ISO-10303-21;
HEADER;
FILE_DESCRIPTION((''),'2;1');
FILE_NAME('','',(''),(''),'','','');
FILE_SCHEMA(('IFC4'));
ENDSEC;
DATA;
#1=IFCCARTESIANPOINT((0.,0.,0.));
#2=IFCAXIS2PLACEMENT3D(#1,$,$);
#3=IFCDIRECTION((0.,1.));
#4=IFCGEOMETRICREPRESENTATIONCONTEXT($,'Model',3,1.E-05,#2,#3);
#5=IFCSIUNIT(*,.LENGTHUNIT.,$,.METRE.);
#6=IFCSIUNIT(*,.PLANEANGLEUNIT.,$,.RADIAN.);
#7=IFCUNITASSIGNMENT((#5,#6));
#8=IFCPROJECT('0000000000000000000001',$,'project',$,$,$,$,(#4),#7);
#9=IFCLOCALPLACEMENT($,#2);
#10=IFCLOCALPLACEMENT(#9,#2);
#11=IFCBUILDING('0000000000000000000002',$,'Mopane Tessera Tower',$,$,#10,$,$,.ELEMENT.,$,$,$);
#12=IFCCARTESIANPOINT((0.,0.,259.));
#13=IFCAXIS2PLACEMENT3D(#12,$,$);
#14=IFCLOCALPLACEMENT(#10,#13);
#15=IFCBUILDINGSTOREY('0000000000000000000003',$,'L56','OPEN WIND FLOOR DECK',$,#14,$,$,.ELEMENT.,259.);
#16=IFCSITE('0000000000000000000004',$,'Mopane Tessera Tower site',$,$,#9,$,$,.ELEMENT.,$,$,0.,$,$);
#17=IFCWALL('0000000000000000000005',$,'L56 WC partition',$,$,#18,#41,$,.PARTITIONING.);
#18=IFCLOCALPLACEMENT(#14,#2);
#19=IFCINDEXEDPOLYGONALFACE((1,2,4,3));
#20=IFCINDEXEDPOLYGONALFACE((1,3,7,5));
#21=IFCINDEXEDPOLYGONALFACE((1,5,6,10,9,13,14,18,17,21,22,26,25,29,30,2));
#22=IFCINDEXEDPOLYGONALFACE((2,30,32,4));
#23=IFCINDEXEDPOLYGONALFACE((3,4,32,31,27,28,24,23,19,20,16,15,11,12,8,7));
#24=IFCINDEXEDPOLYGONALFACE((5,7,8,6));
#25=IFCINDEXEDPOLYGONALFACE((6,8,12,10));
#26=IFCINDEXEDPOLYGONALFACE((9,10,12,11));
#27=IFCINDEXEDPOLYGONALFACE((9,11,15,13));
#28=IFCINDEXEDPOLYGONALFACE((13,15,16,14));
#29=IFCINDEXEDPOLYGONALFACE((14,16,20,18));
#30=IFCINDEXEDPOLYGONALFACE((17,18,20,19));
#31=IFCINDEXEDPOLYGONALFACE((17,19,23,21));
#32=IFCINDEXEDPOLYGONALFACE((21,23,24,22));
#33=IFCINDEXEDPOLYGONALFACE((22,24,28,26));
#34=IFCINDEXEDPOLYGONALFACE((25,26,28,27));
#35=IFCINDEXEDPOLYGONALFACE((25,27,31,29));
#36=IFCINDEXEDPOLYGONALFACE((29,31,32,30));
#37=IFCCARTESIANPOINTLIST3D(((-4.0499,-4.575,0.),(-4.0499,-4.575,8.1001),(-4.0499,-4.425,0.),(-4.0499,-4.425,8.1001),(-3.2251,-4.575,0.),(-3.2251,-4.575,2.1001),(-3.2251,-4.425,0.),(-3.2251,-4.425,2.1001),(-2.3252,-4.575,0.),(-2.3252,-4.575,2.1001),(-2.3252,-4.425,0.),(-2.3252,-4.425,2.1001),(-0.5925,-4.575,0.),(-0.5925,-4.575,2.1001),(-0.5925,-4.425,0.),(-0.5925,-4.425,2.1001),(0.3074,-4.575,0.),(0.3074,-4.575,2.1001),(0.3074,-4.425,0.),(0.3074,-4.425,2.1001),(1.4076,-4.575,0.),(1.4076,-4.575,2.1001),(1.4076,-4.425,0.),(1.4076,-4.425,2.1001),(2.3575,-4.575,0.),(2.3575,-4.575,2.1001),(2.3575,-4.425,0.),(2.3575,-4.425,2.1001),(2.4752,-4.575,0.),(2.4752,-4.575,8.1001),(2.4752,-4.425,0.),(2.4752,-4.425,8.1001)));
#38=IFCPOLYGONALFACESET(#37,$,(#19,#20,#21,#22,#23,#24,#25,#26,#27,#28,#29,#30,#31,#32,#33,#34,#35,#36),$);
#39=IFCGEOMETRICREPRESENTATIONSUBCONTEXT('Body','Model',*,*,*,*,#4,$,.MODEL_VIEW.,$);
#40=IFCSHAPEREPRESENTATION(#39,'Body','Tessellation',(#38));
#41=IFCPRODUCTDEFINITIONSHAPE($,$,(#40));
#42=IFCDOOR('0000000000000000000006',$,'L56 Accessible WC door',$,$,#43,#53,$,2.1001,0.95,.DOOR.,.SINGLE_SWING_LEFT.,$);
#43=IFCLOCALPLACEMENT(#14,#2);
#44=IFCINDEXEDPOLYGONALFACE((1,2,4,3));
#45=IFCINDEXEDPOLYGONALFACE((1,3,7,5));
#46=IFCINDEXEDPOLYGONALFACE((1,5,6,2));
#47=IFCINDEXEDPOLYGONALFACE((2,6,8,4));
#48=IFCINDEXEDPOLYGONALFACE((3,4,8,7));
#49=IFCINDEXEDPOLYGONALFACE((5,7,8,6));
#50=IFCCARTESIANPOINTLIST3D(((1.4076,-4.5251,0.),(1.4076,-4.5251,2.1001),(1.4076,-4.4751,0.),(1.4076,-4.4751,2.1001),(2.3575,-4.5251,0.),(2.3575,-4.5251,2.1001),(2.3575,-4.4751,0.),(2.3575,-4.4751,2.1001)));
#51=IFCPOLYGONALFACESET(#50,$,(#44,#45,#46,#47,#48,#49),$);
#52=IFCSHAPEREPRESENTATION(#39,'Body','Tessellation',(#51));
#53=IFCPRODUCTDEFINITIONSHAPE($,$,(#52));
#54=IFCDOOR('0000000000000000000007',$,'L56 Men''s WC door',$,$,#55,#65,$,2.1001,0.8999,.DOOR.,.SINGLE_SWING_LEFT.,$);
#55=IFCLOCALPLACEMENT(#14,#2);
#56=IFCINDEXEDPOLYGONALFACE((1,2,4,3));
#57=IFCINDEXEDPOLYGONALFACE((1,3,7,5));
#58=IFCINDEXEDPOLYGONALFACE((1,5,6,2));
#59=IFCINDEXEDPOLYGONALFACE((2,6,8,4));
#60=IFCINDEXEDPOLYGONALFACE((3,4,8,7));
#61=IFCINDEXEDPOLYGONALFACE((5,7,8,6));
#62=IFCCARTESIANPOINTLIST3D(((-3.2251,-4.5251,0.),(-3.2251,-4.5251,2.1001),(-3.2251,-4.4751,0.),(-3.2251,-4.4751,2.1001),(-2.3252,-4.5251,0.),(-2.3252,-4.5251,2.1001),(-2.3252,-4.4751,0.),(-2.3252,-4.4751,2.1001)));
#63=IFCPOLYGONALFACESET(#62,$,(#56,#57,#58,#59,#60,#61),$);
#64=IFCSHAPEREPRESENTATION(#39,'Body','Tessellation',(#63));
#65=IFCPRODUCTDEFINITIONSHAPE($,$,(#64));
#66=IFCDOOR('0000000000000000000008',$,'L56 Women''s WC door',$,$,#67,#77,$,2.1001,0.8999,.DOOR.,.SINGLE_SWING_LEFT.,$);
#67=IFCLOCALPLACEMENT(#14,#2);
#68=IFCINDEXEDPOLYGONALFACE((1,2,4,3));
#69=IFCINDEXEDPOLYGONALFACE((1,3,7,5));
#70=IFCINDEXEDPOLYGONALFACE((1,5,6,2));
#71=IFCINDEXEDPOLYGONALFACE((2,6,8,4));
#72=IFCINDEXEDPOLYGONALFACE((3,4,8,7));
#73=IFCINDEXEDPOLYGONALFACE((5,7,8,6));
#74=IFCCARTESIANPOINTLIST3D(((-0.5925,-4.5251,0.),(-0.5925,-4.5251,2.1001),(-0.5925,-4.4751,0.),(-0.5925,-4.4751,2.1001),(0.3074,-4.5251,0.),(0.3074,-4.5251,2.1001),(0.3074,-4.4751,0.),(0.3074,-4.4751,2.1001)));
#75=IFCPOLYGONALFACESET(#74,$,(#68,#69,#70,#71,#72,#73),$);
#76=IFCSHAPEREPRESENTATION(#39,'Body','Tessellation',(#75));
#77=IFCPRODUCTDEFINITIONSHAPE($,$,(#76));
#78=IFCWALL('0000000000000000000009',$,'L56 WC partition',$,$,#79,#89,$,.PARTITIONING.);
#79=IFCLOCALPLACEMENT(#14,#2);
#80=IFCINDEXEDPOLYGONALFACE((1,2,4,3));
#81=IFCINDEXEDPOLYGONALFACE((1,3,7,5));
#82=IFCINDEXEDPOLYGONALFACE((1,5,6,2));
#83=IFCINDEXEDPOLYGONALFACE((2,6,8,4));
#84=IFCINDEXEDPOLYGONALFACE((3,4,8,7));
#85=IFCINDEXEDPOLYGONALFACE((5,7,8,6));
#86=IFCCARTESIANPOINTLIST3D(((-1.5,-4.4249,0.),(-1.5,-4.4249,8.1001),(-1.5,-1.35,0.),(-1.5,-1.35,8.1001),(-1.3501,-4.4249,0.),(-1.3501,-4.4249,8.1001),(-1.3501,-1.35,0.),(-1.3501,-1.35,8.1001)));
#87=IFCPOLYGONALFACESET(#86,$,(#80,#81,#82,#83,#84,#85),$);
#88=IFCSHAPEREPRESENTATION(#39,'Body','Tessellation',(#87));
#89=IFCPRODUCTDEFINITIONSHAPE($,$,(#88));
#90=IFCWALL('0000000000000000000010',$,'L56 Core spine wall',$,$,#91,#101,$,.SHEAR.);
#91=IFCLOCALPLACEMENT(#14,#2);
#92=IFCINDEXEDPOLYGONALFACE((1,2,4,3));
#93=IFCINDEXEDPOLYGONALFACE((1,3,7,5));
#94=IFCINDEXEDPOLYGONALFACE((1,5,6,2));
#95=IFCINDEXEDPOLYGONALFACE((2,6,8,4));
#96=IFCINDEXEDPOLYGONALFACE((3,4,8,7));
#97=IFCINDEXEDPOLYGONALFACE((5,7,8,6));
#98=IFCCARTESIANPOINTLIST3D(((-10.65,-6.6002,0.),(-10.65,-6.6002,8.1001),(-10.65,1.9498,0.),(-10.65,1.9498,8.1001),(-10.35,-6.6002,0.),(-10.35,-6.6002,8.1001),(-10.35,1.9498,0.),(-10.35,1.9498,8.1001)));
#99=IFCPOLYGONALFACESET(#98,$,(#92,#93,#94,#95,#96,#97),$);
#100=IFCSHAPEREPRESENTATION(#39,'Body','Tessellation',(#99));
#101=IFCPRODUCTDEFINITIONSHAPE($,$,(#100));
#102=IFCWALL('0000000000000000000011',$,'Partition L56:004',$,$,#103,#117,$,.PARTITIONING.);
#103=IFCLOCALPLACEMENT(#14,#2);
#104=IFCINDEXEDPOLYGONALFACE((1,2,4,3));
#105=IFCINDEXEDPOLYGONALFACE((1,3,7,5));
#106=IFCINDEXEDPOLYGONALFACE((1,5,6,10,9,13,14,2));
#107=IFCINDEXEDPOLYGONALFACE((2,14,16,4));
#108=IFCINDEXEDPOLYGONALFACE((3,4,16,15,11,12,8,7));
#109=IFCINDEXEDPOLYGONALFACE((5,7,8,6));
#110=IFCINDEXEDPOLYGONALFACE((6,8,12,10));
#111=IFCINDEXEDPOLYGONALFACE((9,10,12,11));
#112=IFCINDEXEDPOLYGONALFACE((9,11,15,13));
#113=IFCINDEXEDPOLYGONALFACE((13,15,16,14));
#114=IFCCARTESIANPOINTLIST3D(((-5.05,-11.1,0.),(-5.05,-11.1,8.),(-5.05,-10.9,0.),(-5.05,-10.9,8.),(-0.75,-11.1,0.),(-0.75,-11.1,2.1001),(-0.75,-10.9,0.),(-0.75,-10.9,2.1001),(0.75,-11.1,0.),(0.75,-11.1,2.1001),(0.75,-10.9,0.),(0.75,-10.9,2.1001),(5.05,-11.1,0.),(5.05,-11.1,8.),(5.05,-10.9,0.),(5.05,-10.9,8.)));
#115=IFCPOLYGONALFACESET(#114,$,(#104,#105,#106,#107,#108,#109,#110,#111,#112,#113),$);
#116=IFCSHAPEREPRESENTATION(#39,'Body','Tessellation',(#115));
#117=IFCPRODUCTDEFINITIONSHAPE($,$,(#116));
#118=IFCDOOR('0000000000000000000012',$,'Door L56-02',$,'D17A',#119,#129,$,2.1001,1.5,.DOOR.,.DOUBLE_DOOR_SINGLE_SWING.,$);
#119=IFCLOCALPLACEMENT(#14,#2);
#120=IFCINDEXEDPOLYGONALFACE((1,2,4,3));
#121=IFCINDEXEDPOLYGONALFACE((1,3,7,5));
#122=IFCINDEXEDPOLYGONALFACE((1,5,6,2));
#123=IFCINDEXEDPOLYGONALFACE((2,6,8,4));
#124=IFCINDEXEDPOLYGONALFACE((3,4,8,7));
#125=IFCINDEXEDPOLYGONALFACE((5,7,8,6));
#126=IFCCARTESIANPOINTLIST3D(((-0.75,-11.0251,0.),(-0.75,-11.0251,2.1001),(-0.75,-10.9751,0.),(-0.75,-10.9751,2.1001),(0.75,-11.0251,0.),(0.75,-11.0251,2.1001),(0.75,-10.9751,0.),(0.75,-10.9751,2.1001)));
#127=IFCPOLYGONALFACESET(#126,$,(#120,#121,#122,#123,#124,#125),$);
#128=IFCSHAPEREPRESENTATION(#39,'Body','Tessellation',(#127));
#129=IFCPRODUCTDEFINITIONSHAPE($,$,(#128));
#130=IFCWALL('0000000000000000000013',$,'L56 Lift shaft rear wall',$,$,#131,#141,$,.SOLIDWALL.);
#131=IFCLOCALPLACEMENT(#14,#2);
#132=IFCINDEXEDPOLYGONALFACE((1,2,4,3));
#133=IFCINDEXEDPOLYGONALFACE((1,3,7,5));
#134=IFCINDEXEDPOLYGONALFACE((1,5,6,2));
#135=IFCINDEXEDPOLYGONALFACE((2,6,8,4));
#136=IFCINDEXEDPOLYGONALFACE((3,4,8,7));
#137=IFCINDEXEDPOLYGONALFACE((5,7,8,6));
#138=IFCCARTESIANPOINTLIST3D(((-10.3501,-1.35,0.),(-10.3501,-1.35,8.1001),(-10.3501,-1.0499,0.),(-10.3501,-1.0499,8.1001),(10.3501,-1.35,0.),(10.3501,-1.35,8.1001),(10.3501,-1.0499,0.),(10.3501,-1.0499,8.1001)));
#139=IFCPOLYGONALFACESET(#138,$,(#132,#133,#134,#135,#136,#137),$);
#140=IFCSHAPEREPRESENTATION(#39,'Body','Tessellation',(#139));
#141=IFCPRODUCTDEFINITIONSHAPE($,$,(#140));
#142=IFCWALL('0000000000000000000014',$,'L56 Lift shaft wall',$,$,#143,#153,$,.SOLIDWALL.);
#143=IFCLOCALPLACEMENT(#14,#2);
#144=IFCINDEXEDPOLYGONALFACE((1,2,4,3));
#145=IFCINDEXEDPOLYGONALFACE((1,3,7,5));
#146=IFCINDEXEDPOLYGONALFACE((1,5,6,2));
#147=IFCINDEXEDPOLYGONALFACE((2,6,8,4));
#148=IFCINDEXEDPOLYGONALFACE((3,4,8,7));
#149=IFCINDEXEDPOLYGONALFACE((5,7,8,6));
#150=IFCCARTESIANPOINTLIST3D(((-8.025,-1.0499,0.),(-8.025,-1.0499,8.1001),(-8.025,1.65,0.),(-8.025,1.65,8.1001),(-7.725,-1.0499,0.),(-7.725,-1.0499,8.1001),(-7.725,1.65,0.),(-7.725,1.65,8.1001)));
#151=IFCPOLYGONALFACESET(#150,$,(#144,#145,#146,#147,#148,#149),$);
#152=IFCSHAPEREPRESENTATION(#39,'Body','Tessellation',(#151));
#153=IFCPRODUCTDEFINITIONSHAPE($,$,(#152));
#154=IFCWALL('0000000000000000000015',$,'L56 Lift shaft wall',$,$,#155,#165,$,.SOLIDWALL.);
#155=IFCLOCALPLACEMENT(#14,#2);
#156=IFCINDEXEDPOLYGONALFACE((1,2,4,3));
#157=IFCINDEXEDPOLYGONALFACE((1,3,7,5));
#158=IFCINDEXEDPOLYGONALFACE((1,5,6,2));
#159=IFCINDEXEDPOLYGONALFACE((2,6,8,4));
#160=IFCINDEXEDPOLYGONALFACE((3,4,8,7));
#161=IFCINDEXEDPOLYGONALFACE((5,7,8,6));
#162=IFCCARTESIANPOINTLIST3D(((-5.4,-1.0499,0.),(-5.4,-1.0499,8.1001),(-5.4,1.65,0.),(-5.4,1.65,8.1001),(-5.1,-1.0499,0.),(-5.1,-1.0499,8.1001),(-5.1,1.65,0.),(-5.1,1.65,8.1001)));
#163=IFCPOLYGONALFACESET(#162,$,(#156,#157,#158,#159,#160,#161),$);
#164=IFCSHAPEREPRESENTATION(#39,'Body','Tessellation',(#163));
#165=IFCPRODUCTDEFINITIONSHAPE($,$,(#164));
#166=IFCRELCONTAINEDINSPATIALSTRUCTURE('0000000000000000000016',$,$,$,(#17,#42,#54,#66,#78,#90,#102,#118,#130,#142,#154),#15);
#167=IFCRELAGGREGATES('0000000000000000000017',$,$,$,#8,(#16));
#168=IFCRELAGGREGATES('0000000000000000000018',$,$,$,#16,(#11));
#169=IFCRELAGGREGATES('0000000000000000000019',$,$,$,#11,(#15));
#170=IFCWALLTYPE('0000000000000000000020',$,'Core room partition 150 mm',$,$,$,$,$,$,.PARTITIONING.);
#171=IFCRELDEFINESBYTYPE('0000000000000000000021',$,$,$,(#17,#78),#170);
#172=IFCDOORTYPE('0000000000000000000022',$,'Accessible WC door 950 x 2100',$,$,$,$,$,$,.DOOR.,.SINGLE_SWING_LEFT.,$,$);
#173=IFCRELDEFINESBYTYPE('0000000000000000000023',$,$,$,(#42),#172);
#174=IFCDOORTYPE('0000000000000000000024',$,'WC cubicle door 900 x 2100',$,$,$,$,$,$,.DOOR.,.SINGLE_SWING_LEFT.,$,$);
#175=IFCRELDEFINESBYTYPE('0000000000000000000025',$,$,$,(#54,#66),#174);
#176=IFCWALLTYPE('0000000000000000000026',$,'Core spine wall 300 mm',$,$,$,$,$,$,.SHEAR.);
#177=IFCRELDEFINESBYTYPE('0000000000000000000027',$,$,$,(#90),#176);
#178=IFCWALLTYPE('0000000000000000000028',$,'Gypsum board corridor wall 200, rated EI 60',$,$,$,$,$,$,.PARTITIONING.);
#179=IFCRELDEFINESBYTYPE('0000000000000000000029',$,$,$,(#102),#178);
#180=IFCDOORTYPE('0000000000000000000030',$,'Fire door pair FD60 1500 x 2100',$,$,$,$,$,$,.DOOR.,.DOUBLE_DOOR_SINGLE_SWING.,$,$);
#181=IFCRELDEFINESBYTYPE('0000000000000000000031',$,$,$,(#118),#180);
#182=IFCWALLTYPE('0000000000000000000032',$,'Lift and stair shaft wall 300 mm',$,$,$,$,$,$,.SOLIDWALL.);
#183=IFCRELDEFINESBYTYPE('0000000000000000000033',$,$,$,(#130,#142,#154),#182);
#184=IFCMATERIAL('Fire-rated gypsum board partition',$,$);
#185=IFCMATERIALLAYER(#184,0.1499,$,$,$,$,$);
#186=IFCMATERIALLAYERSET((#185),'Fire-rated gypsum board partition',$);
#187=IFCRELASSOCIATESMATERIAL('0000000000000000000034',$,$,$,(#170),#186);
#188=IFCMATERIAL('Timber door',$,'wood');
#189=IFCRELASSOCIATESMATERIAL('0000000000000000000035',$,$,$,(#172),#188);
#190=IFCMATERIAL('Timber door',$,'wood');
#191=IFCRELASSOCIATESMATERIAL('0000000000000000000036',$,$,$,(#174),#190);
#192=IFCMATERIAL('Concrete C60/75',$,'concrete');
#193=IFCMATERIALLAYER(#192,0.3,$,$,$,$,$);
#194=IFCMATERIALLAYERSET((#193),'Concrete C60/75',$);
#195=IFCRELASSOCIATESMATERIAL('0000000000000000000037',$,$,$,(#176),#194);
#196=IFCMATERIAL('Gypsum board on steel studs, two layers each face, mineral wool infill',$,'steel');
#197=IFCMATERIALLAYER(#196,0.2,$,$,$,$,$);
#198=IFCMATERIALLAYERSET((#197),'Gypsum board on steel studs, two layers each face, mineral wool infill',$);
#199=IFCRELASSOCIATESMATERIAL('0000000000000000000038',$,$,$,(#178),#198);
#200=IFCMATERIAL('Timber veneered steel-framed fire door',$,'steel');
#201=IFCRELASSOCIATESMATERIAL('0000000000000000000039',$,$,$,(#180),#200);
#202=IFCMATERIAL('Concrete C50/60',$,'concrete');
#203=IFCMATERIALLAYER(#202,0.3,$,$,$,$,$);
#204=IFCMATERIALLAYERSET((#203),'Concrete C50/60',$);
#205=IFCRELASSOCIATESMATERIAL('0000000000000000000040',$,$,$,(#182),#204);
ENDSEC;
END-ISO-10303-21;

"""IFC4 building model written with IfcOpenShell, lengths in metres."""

from ifc_helpers import new_model, si_unit, direction, frame, frame_2d, origin, place, context, subcontext, project, spatial, rectangle, extrude, material, layer, layer_set, type_object, element, fill, save


model = new_model("IFC4")

# Units and contexts
model_context = context("Model", 3, precision=1e-05, world=origin(), true_north=direction((0.0, 1.0)))
body_context = subcontext(model_context, "Body", "Model", "MODEL_VIEW")
ifc_project = project(units=[si_unit("LENGTHUNIT", "METRE"), si_unit("PLANEANGLEUNIT", "RADIAN")], contexts=[model_context])

# Site, building, storey
site_placement = place(None, origin())
site = spatial("IfcSite", under=ifc_project, at=site_placement, Name="Mopane Tessera Tower site", CompositionType="ELEMENT", RefElevation=0.0)
building_placement = place(site_placement, origin())
building = spatial("IfcBuilding", under=site, at=building_placement, Name="Mopane Tessera Tower", CompositionType="ELEMENT")
storey_placement = place(building_placement, frame((0.0, 0.0, 259.0)))
storey = spatial("IfcBuildingStorey", under=building, at=storey_placement, Name="L56", Description="OPEN WIND FLOOR DECK", CompositionType="ELEMENT", Elevation=259.0)

# Shared definitions
ifc_material_1 = material(Name="Fire-rated gypsum board partition")
ifc_layer_1 = layer(ifc_material_1, 0.1499)
ifc_layer_set_1 = layer_set([ifc_layer_1], Name="Fire-rated gypsum board partition")
wall_type_1 = type_object("IfcWallType", Name="Core room partition 150 mm", PredefinedType="PARTITIONING", material=ifc_layer_set_1)

# Wall, openings, doors
wall_1_placement = place(storey_placement, frame((-4.05, -4.5, 0.0), z_axis=(0.0, 0.0, 1.0), x_axis=(1.0, 0.0, 0.0)))
wall_1 = element("IfcWall", 1, at=wall_1_placement, inside=storey, type_object=wall_type_1, Name="L56 WC partition", PredefinedType="PARTITIONING", context=body_context, shape_type="SweptSolid", body=[
    extrude(rectangle(XDim=6.5251, YDim=0.1499, at=frame_2d((3.2627, 0.0))), origin(), (0.0, 0.0, 1.0), 8.1001),
])
opening_1_placement = place(wall_1_placement, frame((0.825, 0.0, 0.0)))
opening_1 = element("IfcOpeningElement", 2, at=opening_1_placement, cuts=wall_1, PredefinedType="OPENING", context=body_context, shape_type="SweptSolid", body=[
    extrude(rectangle(XDim=0.8999, YDim=2.1001, at=frame_2d((0.45, 1.05))), frame((0.0, 0.0869, 0.0), z_axis=(0.0, -1.0, 0.0), x_axis=(1.0, 0.0, 0.0)), (0.0, 0.0, 1.0), 0.1738),
])
opening_2_placement = place(wall_1_placement, frame((3.4575, 0.0, 0.0)))
opening_2 = element("IfcOpeningElement", 3, at=opening_2_placement, cuts=wall_1, PredefinedType="OPENING", context=body_context, shape_type="SweptSolid", body=[
    extrude(rectangle(XDim=0.8999, YDim=2.1001, at=frame_2d((0.45, 1.05))), frame((0.0, 0.0869, 0.0), z_axis=(0.0, -1.0, 0.0), x_axis=(1.0, 0.0, 0.0)), (0.0, 0.0, 1.0), 0.1738),
])
opening_3_placement = place(wall_1_placement, frame((5.4575, 0.0, 0.0)))
opening_3 = element("IfcOpeningElement", 4, at=opening_3_placement, cuts=wall_1, PredefinedType="OPENING", context=body_context, shape_type="SweptSolid", body=[
    extrude(rectangle(XDim=0.95, YDim=2.1001, at=frame_2d((0.4751, 1.05))), frame((0.0, 0.0869, 0.0), z_axis=(0.0, -1.0, 0.0), x_axis=(1.0, 0.0, 0.0)), (0.0, 0.0, 1.0), 0.1738),
])
ifc_material_2 = material(Name="Timber door", Category="wood")
door_type_1 = type_object("IfcDoorType", Name="Accessible WC door 950 x 2100", OperationType="SINGLE_SWING_LEFT", PredefinedType="DOOR", material=ifc_material_2)
door_1_placement = place(opening_3_placement, origin())
door_1 = element("IfcDoor", 5, at=door_1_placement, inside=storey, type_object=door_type_1, Name="L56 Accessible WC door", OperationType="SINGLE_SWING_LEFT", OverallHeight=2.1001, OverallWidth=0.95, PredefinedType="DOOR", context=body_context, shape_type="SweptSolid", body=[
    extrude(rectangle(XDim=0.95, YDim=2.1001, at=frame_2d((0.4751, 1.05))), frame((0.0, 0.0249, 0.0), z_axis=(0.0, -1.0, 0.0), x_axis=(1.0, 0.0, 0.0)), (0.0, 0.0, 1.0), 0.05),
])
fill(opening_3, door_1)
ifc_material_3 = material(Name="Timber door", Category="wood")
door_type_2 = type_object("IfcDoorType", Name="WC cubicle door 900 x 2100", OperationType="SINGLE_SWING_LEFT", PredefinedType="DOOR", material=ifc_material_3)
door_2_placement = place(opening_1_placement, origin())
door_2 = element("IfcDoor", 6, at=door_2_placement, inside=storey, type_object=door_type_2, Name="L56 Men's WC door", OperationType="SINGLE_SWING_LEFT", OverallHeight=2.1001, OverallWidth=0.8999, PredefinedType="DOOR", context=body_context, shape_type="SweptSolid", body=[
    extrude(rectangle(XDim=0.8999, YDim=2.1001, at=frame_2d((0.45, 1.05))), frame((0.0, 0.0249, 0.0), z_axis=(0.0, -1.0, 0.0), x_axis=(1.0, 0.0, 0.0)), (0.0, 0.0, 1.0), 0.05),
])
fill(opening_1, door_2)
door_3_placement = place(opening_2_placement, origin())
door_3 = element("IfcDoor", 7, at=door_3_placement, inside=storey, type_object=door_type_2, Name="L56 Women's WC door", OperationType="SINGLE_SWING_LEFT", OverallHeight=2.1001, OverallWidth=0.8999, PredefinedType="DOOR", context=body_context, shape_type="SweptSolid", body=[
    extrude(rectangle(XDim=0.8999, YDim=2.1001, at=frame_2d((0.45, 1.05))), frame((0.0, 0.0249, 0.0), z_axis=(0.0, -1.0, 0.0), x_axis=(1.0, 0.0, 0.0)), (0.0, 0.0, 1.0), 0.05),
])
fill(opening_2, door_3)

# Walls
wall_2_placement = place(storey_placement, frame((-1.425, -4.425, 0.0), z_axis=(0.0, 0.0, 1.0), x_axis=(0.0, 1.0, 0.0)))
element("IfcWall", 8, at=wall_2_placement, inside=storey, type_object=wall_type_1, Name="L56 WC partition", PredefinedType="PARTITIONING", context=body_context, shape_type="SweptSolid", body=[
    extrude(rectangle(XDim=3.075, YDim=0.1499, at=frame_2d((1.5376, 0.0))), origin(), (0.0, 0.0, 1.0), 8.1001),
])
ifc_material_4 = material(Name="Concrete C60/75", Category="concrete")
ifc_layer_2 = layer(ifc_material_4, 0.3)
ifc_layer_set_2 = layer_set([ifc_layer_2], Name="Concrete C60/75")
wall_type_2 = type_object("IfcWallType", Name="Core spine wall 300 mm", PredefinedType="SHEAR", material=ifc_layer_set_2)
wall_3_placement = place(storey_placement, frame((-10.5, -6.6001, 0.0), z_axis=(0.0, 0.0, 1.0), x_axis=(0.0, 1.0, 0.0)))
element("IfcWall", 9, at=wall_3_placement, inside=storey, type_object=wall_type_2, Name="L56 Core spine wall", PredefinedType="SHEAR", context=body_context, shape_type="SweptSolid", body=[
    extrude(rectangle(XDim=8.55, YDim=0.3, at=frame_2d((4.2749, 0.0))), origin(), (0.0, 0.0, 1.0), 8.1001),
])

# Wall, opening, door
ifc_material_5 = material(Name="Gypsum board on steel studs, two layers each face, mineral wool infill", Category="steel")
ifc_layer_3 = layer(ifc_material_5, 0.2)
ifc_layer_set_3 = layer_set([ifc_layer_3], Name="Gypsum board on steel studs, two layers each face, mineral wool infill")
wall_type_3 = type_object("IfcWallType", Name="Gypsum board corridor wall 200, rated EI 60", PredefinedType="PARTITIONING", material=ifc_layer_set_3)
wall_4_placement = place(storey_placement, frame((-5.05, -11.0, 0.0), z_axis=(0.0, 0.0, 1.0), x_axis=(1.0, 0.0, 0.0)))
wall_4 = element("IfcWall", 10, at=wall_4_placement, inside=storey, type_object=wall_type_3, Name="Partition L56:004", PredefinedType="PARTITIONING", context=body_context, shape_type="SweptSolid", body=[
    extrude(rectangle(XDim=10.1001, YDim=0.2, at=frame_2d((5.05, 0.0))), origin(), (0.0, 0.0, 1.0), 8.0),
])
opening_4_placement = place(wall_4_placement, frame((4.3, 0.0, 0.0)))
opening_4 = element("IfcOpeningElement", 11, at=opening_4_placement, cuts=wall_4, PredefinedType="OPENING", context=body_context, shape_type="SweptSolid", body=[
    extrude(rectangle(XDim=1.5, YDim=2.1001, at=frame_2d((0.75, 1.05))), frame((0.0, 0.1121, 0.0), z_axis=(0.0, -1.0, 0.0), x_axis=(1.0, 0.0, 0.0)), (0.0, 0.0, 1.0), 0.2239),
])
ifc_material_6 = material(Name="Timber veneered steel-framed fire door", Category="steel")
door_type_3 = type_object("IfcDoorType", Name="Fire door pair FD60 1500 x 2100", OperationType="DOUBLE_DOOR_SINGLE_SWING", PredefinedType="DOOR", material=ifc_material_6)
door_4_placement = place(opening_4_placement, origin())
door_4 = element("IfcDoor", 12, at=door_4_placement, inside=storey, type_object=door_type_3, Name="Door L56-02", ObjectType="D17A", OperationType="DOUBLE_DOOR_SINGLE_SWING", OverallHeight=2.1001, OverallWidth=1.5, PredefinedType="DOOR", context=body_context, shape_type="SweptSolid", body=[
    extrude(rectangle(XDim=1.5, YDim=2.1001, at=frame_2d((0.75, 1.05))), frame((0.0, 0.0249, 0.0), z_axis=(0.0, -1.0, 0.0), x_axis=(1.0, 0.0, 0.0)), (0.0, 0.0, 1.0), 0.05),
])
fill(opening_4, door_4)

# Walls
ifc_material_7 = material(Name="Concrete C50/60", Category="concrete")
ifc_layer_4 = layer(ifc_material_7, 0.3)
ifc_layer_set_4 = layer_set([ifc_layer_4], Name="Concrete C50/60")
wall_type_4 = type_object("IfcWallType", Name="Lift and stair shaft wall 300 mm", PredefinedType="SOLIDWALL", material=ifc_layer_set_4)
wall_5_placement = place(storey_placement, frame((-10.3501, -1.2, 0.0), z_axis=(0.0, 0.0, 1.0), x_axis=(1.0, 0.0, 0.0)))
element("IfcWall", 13, at=wall_5_placement, inside=storey, type_object=wall_type_4, Name="L56 Lift shaft rear wall", PredefinedType="SOLIDWALL", context=body_context, shape_type="SweptSolid", body=[
    extrude(rectangle(XDim=20.7002, YDim=0.3, at=frame_2d((10.3501, 0.0))), origin(), (0.0, 0.0, 1.0), 8.1001),
])
for number, where, z_axis, x_axis, name in (
    (14, (-7.875, -1.05, 0.0), (0.0, 0.0, 1.0), (0.0, 1.0, 0.0), "L56 Lift shaft wall"),
    (15, (-5.25, -1.05, 0.0), (0.0, 0.0, 1.0), (0.0, 1.0, 0.0), "L56 Lift shaft wall"),
):
    element("IfcWall", number, at=place(storey_placement, frame(where, z_axis=z_axis, x_axis=x_axis)), inside=storey, type_object=wall_type_4, Name=name, PredefinedType="SOLIDWALL", context=body_context, shape_type="SweptSolid", body=[
        extrude(rectangle(XDim=2.7, YDim=0.3, at=frame_2d((1.3501, 0.0))), origin(), (0.0, 0.0, 1.0), 8.1001),
    ])

save(model, "model.ifc")
